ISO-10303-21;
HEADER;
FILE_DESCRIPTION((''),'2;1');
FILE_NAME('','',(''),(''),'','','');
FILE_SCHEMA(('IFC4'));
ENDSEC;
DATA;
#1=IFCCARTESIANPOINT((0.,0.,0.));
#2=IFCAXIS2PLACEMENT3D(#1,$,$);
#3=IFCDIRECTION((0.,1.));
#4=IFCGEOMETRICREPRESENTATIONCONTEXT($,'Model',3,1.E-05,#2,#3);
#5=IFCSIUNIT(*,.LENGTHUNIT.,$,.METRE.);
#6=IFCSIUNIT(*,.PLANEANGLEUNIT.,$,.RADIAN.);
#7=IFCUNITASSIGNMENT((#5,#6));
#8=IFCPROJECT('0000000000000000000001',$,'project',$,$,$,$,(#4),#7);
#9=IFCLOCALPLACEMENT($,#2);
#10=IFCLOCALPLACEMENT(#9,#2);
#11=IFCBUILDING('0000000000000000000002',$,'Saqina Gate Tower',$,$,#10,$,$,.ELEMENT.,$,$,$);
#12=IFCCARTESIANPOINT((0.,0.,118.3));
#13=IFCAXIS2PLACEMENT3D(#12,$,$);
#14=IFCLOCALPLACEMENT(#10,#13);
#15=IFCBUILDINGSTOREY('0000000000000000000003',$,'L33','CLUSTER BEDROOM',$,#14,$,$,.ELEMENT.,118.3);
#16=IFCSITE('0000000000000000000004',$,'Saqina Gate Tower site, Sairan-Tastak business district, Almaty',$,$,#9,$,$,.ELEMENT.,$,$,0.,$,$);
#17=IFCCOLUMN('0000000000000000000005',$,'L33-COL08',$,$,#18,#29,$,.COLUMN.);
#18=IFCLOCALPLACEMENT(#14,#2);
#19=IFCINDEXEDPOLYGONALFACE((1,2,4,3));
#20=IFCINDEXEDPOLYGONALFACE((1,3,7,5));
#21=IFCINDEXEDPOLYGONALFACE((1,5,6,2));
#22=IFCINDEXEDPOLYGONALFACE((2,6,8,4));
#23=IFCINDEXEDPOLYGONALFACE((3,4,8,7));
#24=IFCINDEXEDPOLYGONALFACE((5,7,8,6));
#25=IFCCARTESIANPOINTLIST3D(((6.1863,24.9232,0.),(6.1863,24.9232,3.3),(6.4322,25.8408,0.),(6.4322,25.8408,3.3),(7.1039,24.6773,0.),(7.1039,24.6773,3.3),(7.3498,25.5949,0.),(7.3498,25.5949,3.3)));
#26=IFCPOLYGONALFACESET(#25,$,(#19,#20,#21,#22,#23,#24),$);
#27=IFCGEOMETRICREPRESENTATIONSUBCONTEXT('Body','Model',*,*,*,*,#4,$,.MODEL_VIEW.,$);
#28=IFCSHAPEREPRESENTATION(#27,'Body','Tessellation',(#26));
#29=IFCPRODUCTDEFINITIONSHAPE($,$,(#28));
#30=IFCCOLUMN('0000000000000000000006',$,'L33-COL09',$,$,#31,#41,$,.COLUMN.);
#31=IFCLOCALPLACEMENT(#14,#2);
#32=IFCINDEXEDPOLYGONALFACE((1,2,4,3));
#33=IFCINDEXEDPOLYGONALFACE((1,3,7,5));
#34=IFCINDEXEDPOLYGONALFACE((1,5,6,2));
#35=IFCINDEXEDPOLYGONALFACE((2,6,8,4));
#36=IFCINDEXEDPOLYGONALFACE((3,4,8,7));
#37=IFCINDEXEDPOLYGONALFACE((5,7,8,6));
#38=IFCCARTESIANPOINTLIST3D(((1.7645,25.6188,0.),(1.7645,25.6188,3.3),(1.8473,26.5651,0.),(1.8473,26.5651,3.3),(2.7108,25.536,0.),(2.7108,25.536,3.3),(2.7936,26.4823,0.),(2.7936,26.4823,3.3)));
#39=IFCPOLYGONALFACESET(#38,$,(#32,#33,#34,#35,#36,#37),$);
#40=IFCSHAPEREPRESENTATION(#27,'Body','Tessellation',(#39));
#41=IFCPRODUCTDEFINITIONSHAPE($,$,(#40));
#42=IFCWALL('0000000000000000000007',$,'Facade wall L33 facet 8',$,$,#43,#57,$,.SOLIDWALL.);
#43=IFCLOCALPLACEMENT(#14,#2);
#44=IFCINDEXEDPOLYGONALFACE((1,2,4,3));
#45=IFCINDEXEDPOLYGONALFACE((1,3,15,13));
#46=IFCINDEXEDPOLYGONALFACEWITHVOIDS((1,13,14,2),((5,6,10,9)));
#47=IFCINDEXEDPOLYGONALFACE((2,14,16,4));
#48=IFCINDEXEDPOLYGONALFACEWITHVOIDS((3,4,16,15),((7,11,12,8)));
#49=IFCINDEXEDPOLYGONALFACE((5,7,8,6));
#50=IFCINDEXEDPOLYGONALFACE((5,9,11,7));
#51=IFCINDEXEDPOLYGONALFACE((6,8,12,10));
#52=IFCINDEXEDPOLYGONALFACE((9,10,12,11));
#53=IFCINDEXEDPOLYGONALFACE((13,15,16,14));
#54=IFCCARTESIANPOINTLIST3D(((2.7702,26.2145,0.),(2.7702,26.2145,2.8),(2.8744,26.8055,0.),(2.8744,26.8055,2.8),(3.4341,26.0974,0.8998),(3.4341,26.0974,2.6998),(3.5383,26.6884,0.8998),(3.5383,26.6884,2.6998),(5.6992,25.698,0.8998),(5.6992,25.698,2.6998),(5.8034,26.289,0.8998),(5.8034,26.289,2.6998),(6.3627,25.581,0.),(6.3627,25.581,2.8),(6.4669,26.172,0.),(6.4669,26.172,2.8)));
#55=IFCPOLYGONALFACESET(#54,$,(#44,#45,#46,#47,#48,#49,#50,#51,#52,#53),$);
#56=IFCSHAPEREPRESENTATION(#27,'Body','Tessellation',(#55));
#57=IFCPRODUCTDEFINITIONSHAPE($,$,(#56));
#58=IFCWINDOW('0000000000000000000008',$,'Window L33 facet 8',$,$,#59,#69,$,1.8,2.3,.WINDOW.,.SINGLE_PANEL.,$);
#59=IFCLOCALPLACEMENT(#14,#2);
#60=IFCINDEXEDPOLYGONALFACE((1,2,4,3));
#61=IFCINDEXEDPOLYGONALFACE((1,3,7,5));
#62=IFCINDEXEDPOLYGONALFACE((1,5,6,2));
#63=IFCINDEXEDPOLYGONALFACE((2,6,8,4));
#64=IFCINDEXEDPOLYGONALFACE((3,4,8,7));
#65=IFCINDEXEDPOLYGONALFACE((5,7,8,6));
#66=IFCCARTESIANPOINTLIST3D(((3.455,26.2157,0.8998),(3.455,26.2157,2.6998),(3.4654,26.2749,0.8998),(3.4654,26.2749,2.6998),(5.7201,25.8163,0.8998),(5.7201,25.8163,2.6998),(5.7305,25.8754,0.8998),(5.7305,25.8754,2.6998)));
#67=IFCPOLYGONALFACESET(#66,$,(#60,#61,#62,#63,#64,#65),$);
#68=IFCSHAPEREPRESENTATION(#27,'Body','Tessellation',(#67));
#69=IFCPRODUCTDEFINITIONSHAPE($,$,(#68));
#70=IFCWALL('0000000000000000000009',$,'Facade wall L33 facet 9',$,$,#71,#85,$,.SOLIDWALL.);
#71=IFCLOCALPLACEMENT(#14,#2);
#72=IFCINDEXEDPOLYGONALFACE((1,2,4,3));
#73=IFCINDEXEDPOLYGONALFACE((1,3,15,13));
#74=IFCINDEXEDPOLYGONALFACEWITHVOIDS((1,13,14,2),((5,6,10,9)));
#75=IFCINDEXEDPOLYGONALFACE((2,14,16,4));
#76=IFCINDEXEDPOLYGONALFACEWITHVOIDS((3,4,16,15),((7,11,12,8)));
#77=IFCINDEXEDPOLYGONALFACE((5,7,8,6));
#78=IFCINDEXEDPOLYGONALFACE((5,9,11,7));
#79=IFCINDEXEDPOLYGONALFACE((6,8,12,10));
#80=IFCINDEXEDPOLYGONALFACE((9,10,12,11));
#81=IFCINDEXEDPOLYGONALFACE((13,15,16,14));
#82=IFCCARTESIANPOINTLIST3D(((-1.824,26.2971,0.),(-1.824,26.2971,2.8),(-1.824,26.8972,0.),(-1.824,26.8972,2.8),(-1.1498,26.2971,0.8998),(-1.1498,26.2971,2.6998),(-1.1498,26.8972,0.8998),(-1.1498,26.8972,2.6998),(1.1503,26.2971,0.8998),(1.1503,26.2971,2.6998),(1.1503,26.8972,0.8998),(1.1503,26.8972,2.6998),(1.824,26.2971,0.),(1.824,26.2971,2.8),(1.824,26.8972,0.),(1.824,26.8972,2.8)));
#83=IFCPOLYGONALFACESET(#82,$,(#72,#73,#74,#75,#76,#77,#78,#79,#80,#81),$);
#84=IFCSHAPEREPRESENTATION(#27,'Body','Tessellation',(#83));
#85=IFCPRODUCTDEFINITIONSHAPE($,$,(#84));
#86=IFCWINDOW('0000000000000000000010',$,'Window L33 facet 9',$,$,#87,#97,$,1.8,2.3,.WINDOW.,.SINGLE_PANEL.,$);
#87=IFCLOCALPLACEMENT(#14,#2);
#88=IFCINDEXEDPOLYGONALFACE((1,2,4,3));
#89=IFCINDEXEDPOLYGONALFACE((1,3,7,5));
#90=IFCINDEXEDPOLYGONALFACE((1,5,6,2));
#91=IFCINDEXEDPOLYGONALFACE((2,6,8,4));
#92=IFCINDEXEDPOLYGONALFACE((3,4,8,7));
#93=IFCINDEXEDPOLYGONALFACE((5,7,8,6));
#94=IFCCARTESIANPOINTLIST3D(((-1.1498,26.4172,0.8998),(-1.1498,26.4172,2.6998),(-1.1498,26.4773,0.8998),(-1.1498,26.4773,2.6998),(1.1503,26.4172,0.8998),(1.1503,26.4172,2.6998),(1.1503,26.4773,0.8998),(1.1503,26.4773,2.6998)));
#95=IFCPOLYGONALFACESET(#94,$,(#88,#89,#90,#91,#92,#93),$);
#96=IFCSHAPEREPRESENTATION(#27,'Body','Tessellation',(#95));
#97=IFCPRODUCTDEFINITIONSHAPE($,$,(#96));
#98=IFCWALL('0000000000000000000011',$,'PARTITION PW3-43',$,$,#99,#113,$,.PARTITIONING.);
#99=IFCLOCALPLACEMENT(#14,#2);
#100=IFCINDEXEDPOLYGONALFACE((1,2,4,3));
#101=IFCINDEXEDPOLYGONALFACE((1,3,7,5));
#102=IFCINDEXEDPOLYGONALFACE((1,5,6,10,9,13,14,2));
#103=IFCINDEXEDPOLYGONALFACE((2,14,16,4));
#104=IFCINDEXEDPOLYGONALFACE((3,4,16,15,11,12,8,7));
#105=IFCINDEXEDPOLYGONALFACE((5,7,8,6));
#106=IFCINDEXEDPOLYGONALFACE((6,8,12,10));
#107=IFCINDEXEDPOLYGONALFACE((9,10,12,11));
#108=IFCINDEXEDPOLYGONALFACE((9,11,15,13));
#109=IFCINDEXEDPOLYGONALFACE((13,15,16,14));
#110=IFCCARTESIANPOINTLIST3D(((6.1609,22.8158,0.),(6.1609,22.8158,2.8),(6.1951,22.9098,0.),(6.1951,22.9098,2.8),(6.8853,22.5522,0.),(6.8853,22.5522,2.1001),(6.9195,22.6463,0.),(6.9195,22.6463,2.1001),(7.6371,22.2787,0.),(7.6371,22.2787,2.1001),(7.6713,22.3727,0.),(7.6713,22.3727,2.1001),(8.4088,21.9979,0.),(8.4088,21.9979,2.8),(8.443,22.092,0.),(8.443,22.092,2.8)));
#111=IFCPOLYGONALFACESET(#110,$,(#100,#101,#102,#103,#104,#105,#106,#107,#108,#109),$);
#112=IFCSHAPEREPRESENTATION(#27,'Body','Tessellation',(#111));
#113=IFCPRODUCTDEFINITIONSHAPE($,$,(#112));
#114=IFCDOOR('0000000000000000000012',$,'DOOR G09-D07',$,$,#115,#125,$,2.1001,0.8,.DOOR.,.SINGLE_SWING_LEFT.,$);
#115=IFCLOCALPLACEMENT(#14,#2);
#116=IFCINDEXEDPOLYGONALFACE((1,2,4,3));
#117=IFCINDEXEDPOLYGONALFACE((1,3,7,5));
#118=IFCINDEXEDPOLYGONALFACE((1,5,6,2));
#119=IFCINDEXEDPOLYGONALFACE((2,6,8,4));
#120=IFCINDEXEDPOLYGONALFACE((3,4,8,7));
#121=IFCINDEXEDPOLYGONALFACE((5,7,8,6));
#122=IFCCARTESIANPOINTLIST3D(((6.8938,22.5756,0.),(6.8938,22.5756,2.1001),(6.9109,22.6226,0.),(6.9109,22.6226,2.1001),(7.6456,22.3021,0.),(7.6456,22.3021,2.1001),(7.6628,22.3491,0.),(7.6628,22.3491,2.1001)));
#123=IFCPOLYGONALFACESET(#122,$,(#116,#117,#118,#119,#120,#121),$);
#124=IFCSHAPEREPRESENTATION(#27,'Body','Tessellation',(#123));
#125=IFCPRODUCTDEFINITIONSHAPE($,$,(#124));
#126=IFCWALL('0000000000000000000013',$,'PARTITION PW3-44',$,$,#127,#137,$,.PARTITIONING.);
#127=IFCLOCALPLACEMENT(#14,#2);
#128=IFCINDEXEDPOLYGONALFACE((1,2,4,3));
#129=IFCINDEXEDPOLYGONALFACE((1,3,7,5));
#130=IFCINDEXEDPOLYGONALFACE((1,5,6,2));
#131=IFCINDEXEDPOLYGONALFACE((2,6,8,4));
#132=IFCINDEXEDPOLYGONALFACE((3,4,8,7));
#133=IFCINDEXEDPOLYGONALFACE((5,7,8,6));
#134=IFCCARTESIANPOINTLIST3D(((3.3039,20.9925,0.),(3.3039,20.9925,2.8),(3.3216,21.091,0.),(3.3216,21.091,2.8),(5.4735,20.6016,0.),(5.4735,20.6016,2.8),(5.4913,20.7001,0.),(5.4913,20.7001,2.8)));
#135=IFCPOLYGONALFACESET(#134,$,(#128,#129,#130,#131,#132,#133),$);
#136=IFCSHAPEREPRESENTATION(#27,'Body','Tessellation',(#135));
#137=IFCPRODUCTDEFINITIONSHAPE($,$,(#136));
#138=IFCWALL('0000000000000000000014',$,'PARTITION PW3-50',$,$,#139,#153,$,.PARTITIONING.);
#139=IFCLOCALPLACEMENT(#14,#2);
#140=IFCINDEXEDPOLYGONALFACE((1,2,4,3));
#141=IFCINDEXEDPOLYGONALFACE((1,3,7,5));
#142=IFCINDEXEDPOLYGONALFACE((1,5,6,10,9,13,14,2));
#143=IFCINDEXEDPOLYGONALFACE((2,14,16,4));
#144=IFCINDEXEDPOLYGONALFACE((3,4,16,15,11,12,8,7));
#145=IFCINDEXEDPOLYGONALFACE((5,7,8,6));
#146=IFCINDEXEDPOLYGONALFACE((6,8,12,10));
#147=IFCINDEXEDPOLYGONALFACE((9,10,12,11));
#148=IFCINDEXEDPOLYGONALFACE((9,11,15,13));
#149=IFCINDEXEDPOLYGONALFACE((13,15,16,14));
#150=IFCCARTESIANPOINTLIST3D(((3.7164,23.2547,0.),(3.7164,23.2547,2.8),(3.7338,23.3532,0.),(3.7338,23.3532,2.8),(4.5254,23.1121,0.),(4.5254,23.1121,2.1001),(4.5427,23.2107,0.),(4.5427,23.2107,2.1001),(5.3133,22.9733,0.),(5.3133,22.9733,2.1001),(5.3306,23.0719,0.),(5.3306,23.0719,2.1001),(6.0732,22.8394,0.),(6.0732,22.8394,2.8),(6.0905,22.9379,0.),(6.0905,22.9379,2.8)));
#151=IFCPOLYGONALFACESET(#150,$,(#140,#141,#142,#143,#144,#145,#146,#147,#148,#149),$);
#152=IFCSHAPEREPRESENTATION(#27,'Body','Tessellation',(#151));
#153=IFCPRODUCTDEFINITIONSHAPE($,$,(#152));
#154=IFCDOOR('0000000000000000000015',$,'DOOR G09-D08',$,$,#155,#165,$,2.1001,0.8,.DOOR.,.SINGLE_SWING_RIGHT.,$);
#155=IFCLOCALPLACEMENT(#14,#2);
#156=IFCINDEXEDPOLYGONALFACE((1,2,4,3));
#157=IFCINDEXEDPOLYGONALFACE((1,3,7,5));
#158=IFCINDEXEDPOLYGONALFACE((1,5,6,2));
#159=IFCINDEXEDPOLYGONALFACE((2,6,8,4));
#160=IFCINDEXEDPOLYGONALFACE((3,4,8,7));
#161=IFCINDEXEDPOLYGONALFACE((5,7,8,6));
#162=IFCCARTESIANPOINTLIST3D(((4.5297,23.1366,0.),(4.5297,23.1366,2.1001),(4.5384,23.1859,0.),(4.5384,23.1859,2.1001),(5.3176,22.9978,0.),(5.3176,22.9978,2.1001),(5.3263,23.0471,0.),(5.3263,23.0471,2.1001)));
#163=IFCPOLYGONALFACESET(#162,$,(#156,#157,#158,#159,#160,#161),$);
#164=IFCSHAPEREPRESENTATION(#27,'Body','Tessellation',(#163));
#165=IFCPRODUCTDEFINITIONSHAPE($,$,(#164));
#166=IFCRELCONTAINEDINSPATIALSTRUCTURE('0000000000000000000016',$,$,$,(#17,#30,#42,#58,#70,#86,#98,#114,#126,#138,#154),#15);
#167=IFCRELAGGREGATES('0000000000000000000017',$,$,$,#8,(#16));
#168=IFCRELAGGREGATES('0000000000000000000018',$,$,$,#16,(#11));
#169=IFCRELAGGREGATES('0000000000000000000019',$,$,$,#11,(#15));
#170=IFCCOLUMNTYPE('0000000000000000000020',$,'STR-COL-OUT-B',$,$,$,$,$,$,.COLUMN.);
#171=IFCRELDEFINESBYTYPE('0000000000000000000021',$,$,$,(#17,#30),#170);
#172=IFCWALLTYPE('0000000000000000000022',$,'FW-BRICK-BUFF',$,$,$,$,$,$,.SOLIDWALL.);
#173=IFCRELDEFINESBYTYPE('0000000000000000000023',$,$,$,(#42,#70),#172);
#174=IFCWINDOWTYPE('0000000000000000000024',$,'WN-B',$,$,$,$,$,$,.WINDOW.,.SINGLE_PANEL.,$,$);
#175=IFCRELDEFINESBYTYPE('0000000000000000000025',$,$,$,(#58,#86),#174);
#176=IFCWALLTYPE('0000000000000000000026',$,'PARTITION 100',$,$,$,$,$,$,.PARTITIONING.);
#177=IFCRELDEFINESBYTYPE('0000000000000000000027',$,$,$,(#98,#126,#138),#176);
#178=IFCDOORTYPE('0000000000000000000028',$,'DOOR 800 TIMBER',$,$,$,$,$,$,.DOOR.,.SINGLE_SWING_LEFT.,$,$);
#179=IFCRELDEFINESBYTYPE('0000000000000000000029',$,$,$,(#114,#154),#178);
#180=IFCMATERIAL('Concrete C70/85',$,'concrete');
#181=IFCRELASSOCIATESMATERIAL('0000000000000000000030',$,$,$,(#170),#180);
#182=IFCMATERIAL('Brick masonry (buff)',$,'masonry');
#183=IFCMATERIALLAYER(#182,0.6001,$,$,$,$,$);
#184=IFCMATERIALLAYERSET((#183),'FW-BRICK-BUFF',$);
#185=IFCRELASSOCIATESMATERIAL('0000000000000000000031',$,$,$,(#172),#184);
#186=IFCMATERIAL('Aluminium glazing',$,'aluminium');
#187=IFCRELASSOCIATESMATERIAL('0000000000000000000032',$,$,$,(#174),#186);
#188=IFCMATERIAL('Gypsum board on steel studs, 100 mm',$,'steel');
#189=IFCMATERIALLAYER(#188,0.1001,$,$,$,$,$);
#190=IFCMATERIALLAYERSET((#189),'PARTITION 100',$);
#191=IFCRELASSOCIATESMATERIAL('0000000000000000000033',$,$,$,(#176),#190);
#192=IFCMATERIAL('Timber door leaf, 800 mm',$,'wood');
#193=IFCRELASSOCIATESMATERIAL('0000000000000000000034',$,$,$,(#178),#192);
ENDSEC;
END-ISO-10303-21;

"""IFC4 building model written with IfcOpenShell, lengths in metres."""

from ifc_helpers import new_model, si_unit, direction, frame, frame_2d, origin, origin_2d, place, context, subcontext, project, spatial, rectangle, extrude, material, layer, layer_set, material_profile, profile_set, type_object, element, fill, save


model = new_model("IFC4")

# Units and contexts
model_context = context("Model", 3, precision=1e-05, world=origin(), true_north=direction((0.0, 1.0)))
body_context = subcontext(model_context, "Body", "Model", "MODEL_VIEW")
ifc_project = project(units=[si_unit("LENGTHUNIT", "METRE"), si_unit("PLANEANGLEUNIT", "RADIAN")], contexts=[model_context])

# Site, building, storey
site_placement = place(None, origin())
site = spatial("IfcSite", under=ifc_project, at=site_placement, Name="Saqina Gate Tower site, Sairan-Tastak business district, Almaty", CompositionType="ELEMENT", RefElevation=0.0)
building_placement = place(site_placement, origin())
building = spatial("IfcBuilding", under=site, at=building_placement, Name="Saqina Gate Tower", CompositionType="ELEMENT")
storey_placement = place(building_placement, frame((0.0, 0.0, 118.3)))
storey = spatial("IfcBuildingStorey", under=building, at=storey_placement, Name="L33", Description="CLUSTER BEDROOM", CompositionType="ELEMENT", Elevation=118.3)

# Columns
ifc_material_1 = material(Name="Concrete C70/85", Category="concrete")
ifc_material_profile = material_profile(ifc_material_1, rectangle(XDim=0.95, YDim=0.95, at=origin_2d()), Name="RC 950x950")
ifc_profile_set = profile_set([ifc_material_profile], Name="Concrete C70/85")
column_type = type_object("IfcColumnType", Name="STR-COL-OUT-B", PredefinedType="COLUMN", material=ifc_profile_set)
for number, where, z_axis, x_axis, name in (
    (1, (6.7681, 25.259, 0.0), (0.0, 0.0, 1.0), (0.258819, 0.965926, 0.0), "L33-COL08"),
    (2, (2.2791, 26.0505, 0.0), (0.0, 0.0, 1.0), (0.087156, 0.996195, 0.0), "L33-COL09"),
):
    element("IfcColumn", number, at=place(storey_placement, frame(where, z_axis=z_axis, x_axis=x_axis)), inside=storey, type_object=column_type, Name=name, PredefinedType="COLUMN", context=body_context, shape_type="SweptSolid", body=[
        extrude(rectangle(XDim=0.95, YDim=0.95, at=origin_2d()), origin(), (0.0, 0.0, 1.0), 3.3),
    ])

# Walls, openings, windows
ifc_material_2 = material(Name="Brick masonry (buff)", Category="masonry")
ifc_layer_1 = layer(ifc_material_2, 0.6001)
ifc_layer_set_1 = layer_set([ifc_layer_1], Name="FW-BRICK-BUFF")
wall_type_1 = type_object("IfcWallType", Name="FW-BRICK-BUFF", PredefinedType="SOLIDWALL", material=ifc_layer_set_1)
wall_1_placement = place(storey_placement, frame((6.4148, 25.8765, 0.0), z_axis=(0.0, 0.0, 1.0), x_axis=(-0.984804, 0.173671, 0.0)))
wall_1 = element("IfcWall", 3, at=wall_1_placement, inside=storey, type_object=wall_type_1, Name="Facade wall L33 facet 8", PredefinedType="SOLIDWALL", context=body_context, shape_type="SweptSolid", body=[
    extrude(rectangle(XDim=3.6479, YDim=0.6001, at=frame_2d((1.824, 0.0))), origin(), (0.0, 0.0, 1.0), 2.8),
])
opening_1_placement = place(wall_1_placement, frame((0.6738, 0.0, 0.8999)))
opening_1 = element("IfcOpeningElement", 4, at=opening_1_placement, cuts=wall_1, PredefinedType="OPENING", context=body_context, shape_type="SweptSolid", body=[
    extrude(rectangle(XDim=2.3, YDim=1.8, at=frame_2d((1.1499, 0.8999))), frame((0.0, 0.312, 0.0), z_axis=(0.0, -1.0, 0.0), x_axis=(1.0, 0.0, 0.0)), (0.0, 0.0, 1.0), 0.624),
])
ifc_material_3 = material(Name="Aluminium glazing", Category="aluminium")
window_type = type_object("IfcWindowType", Name="WN-B", PartitioningType="SINGLE_PANEL", PredefinedType="WINDOW", material=ifc_material_3)
window_1_placement = place(opening_1_placement, origin())
window_1 = element("IfcWindow", 5, at=window_1_placement, inside=storey, type_object=window_type, Name="Window L33 facet 8", OverallHeight=1.8, OverallWidth=2.3, PartitioningType="SINGLE_PANEL", PredefinedType="WINDOW", context=body_context, shape_type="SweptSolid", body=[
    extrude(rectangle(XDim=2.3, YDim=1.8, at=frame_2d((1.1499, 0.8999))), frame((0.0, 0.1799, 0.0), z_axis=(0.0, -1.0, 0.0), x_axis=(1.0, 0.0, 0.0)), (0.0, 0.0, 1.0), 0.0601),
])
fill(opening_1, window_1)
wall_2_placement = place(storey_placement, frame((1.824, 26.5972, 0.0), z_axis=(0.0, 0.0, 1.0), x_axis=(-1.0, 0.0, 0.0)))
wall_2 = element("IfcWall", 6, at=wall_2_placement, inside=storey, type_object=wall_type_1, Name="Facade wall L33 facet 9", PredefinedType="SOLIDWALL", context=body_context, shape_type="SweptSolid", body=[
    extrude(rectangle(XDim=3.6479, YDim=0.6001, at=frame_2d((1.824, 0.0))), origin(), (0.0, 0.0, 1.0), 2.8),
])
opening_2_placement = place(wall_2_placement, frame((0.6738, 0.0, 0.8999)))
opening_2 = element("IfcOpeningElement", 7, at=opening_2_placement, cuts=wall_2, PredefinedType="OPENING", context=body_context, shape_type="SweptSolid", body=[
    extrude(rectangle(XDim=2.3, YDim=1.8, at=frame_2d((1.1499, 0.8999))), frame((0.0, 0.312, 0.0), z_axis=(0.0, -1.0, 0.0), x_axis=(1.0, 0.0, 0.0)), (0.0, 0.0, 1.0), 0.624),
])
window_2_placement = place(opening_2_placement, origin())
window_2 = element("IfcWindow", 8, at=window_2_placement, inside=storey, type_object=window_type, Name="Window L33 facet 9", OverallHeight=1.8, OverallWidth=2.3, PartitioningType="SINGLE_PANEL", PredefinedType="WINDOW", context=body_context, shape_type="SweptSolid", body=[
    extrude(rectangle(XDim=2.3, YDim=1.8, at=frame_2d((1.1499, 0.8999))), frame((0.0, 0.1799, 0.0), z_axis=(0.0, -1.0, 0.0), x_axis=(1.0, 0.0, 0.0)), (0.0, 0.0, 1.0), 0.0601),
])
fill(opening_2, window_2)

# Wall, opening, door
ifc_material_4 = material(Name="Gypsum board on steel studs, 100 mm", Category="steel")
ifc_layer_2 = layer(ifc_material_4, 0.1001)
ifc_layer_set_2 = layer_set([ifc_layer_2], Name="PARTITION 100")
wall_type_2 = type_object("IfcWallType", Name="PARTITION 100", PredefinedType="PARTITIONING", material=ifc_layer_set_2)
wall_3_placement = place(storey_placement, frame((6.178, 22.8628, 0.0), z_axis=(0.0, 0.0, 1.0), x_axis=(0.93974, -0.341891, 0.0)))
wall_3 = element("IfcWall", 9, at=wall_3_placement, inside=storey, type_object=wall_type_2, Name="PARTITION PW3-43", PredefinedType="PARTITIONING", context=body_context, shape_type="SweptSolid", body=[
    extrude(rectangle(XDim=2.3921, YDim=0.1001, at=frame_2d((1.196, 0.0))), origin(), (0.0, 0.0, 1.0), 2.8),
])
opening_3_placement = place(wall_3_placement, frame((0.771, 0.0, 0.0)))
opening_3 = element("IfcOpeningElement", 10, at=opening_3_placement, cuts=wall_3, PredefinedType="OPENING", context=body_context, shape_type="SweptSolid", body=[
    extrude(rectangle(XDim=0.8, YDim=2.1001, at=frame_2d((0.3999, 1.05))), frame((0.0, 0.062, 0.0), z_axis=(0.0, -1.0, 0.0), x_axis=(1.0, 0.0, 0.0)), (0.0, 0.0, 1.0), 0.124),
])
ifc_material_5 = material(Name="Timber door leaf, 800 mm", Category="wood")
door_type_1 = type_object("IfcDoorType", Name="DOOR 800 TIMBER", OperationType="SINGLE_SWING_LEFT", PredefinedType="DOOR", material=ifc_material_5)
door_1_placement = place(opening_3_placement, origin())
door_1 = element("IfcDoor", 11, at=door_1_placement, inside=storey, type_object=door_type_1, Name="DOOR G09-D07", OperationType="SINGLE_SWING_LEFT", OverallHeight=2.1001, OverallWidth=0.8, PredefinedType="DOOR", context=body_context, shape_type="SweptSolid", body=[
    extrude(rectangle(XDim=0.8, YDim=2.1001, at=frame_2d((0.3999, 1.05))), frame((0.0, 0.0249, 0.0), z_axis=(0.0, -1.0, 0.0), x_axis=(1.0, 0.0, 0.0)), (0.0, 0.0, 1.0), 0.05),
])
fill(opening_3, door_1)

# Wall
wall_4_placement = place(storey_placement, frame((3.3127, 21.0417, 0.0), z_axis=(0.0, 0.0, 1.0), x_axis=(0.984157, -0.177297, 0.0)))
element("IfcWall", 12, at=wall_4_placement, inside=storey, type_object=wall_type_2, Name="PARTITION PW3-44", PredefinedType="PARTITIONING", context=body_context, shape_type="SweptSolid", body=[
    extrude(rectangle(XDim=2.2046, YDim=0.1001, at=frame_2d((1.1023, 0.0))), origin(), (0.0, 0.0, 1.0), 2.8),
])

# Wall, opening, door
wall_5_placement = place(storey_placement, frame((3.7251, 23.304, 0.0), z_axis=(0.0, 0.0, 1.0), x_axis=(0.984827, -0.173541, 0.0)))
wall_5 = element("IfcWall", 13, at=wall_5_placement, inside=storey, type_object=wall_type_2, Name="PARTITION PW3-50", PredefinedType="PARTITIONING", context=body_context, shape_type="SweptSolid", body=[
    extrude(rectangle(XDim=2.3931, YDim=0.1001, at=frame_2d((1.1965, 0.0))), origin(), (0.0, 0.0, 1.0), 2.8),
])
opening_4_placement = place(wall_5_placement, frame((0.8215, 0.0, 0.0)))
opening_4 = element("IfcOpeningElement", 14, at=opening_4_placement, cuts=wall_5, PredefinedType="OPENING", context=body_context, shape_type="SweptSolid", body=[
    extrude(rectangle(XDim=0.8, YDim=2.1001, at=frame_2d((0.3999, 1.05))), frame((0.0, 0.062, 0.0), z_axis=(0.0, -1.0, 0.0), x_axis=(1.0, 0.0, 0.0)), (0.0, 0.0, 1.0), 0.124),
])
door_2_placement = place(opening_4_placement, origin())
door_2 = element("IfcDoor", 15, at=door_2_placement, inside=storey, type_object=door_type_1, Name="DOOR G09-D08", OperationType="SINGLE_SWING_RIGHT", OverallHeight=2.1001, OverallWidth=0.8, PredefinedType="DOOR", context=body_context, shape_type="SweptSolid", body=[
    extrude(rectangle(XDim=0.8, YDim=2.1001, at=frame_2d((0.3999, 1.05))), frame((0.0, 0.0249, 0.0), z_axis=(0.0, -1.0, 0.0), x_axis=(1.0, 0.0, 0.0)), (0.0, 0.0, 1.0), 0.05),
])
fill(opening_4, door_2)

save(model, "model.ifc")
